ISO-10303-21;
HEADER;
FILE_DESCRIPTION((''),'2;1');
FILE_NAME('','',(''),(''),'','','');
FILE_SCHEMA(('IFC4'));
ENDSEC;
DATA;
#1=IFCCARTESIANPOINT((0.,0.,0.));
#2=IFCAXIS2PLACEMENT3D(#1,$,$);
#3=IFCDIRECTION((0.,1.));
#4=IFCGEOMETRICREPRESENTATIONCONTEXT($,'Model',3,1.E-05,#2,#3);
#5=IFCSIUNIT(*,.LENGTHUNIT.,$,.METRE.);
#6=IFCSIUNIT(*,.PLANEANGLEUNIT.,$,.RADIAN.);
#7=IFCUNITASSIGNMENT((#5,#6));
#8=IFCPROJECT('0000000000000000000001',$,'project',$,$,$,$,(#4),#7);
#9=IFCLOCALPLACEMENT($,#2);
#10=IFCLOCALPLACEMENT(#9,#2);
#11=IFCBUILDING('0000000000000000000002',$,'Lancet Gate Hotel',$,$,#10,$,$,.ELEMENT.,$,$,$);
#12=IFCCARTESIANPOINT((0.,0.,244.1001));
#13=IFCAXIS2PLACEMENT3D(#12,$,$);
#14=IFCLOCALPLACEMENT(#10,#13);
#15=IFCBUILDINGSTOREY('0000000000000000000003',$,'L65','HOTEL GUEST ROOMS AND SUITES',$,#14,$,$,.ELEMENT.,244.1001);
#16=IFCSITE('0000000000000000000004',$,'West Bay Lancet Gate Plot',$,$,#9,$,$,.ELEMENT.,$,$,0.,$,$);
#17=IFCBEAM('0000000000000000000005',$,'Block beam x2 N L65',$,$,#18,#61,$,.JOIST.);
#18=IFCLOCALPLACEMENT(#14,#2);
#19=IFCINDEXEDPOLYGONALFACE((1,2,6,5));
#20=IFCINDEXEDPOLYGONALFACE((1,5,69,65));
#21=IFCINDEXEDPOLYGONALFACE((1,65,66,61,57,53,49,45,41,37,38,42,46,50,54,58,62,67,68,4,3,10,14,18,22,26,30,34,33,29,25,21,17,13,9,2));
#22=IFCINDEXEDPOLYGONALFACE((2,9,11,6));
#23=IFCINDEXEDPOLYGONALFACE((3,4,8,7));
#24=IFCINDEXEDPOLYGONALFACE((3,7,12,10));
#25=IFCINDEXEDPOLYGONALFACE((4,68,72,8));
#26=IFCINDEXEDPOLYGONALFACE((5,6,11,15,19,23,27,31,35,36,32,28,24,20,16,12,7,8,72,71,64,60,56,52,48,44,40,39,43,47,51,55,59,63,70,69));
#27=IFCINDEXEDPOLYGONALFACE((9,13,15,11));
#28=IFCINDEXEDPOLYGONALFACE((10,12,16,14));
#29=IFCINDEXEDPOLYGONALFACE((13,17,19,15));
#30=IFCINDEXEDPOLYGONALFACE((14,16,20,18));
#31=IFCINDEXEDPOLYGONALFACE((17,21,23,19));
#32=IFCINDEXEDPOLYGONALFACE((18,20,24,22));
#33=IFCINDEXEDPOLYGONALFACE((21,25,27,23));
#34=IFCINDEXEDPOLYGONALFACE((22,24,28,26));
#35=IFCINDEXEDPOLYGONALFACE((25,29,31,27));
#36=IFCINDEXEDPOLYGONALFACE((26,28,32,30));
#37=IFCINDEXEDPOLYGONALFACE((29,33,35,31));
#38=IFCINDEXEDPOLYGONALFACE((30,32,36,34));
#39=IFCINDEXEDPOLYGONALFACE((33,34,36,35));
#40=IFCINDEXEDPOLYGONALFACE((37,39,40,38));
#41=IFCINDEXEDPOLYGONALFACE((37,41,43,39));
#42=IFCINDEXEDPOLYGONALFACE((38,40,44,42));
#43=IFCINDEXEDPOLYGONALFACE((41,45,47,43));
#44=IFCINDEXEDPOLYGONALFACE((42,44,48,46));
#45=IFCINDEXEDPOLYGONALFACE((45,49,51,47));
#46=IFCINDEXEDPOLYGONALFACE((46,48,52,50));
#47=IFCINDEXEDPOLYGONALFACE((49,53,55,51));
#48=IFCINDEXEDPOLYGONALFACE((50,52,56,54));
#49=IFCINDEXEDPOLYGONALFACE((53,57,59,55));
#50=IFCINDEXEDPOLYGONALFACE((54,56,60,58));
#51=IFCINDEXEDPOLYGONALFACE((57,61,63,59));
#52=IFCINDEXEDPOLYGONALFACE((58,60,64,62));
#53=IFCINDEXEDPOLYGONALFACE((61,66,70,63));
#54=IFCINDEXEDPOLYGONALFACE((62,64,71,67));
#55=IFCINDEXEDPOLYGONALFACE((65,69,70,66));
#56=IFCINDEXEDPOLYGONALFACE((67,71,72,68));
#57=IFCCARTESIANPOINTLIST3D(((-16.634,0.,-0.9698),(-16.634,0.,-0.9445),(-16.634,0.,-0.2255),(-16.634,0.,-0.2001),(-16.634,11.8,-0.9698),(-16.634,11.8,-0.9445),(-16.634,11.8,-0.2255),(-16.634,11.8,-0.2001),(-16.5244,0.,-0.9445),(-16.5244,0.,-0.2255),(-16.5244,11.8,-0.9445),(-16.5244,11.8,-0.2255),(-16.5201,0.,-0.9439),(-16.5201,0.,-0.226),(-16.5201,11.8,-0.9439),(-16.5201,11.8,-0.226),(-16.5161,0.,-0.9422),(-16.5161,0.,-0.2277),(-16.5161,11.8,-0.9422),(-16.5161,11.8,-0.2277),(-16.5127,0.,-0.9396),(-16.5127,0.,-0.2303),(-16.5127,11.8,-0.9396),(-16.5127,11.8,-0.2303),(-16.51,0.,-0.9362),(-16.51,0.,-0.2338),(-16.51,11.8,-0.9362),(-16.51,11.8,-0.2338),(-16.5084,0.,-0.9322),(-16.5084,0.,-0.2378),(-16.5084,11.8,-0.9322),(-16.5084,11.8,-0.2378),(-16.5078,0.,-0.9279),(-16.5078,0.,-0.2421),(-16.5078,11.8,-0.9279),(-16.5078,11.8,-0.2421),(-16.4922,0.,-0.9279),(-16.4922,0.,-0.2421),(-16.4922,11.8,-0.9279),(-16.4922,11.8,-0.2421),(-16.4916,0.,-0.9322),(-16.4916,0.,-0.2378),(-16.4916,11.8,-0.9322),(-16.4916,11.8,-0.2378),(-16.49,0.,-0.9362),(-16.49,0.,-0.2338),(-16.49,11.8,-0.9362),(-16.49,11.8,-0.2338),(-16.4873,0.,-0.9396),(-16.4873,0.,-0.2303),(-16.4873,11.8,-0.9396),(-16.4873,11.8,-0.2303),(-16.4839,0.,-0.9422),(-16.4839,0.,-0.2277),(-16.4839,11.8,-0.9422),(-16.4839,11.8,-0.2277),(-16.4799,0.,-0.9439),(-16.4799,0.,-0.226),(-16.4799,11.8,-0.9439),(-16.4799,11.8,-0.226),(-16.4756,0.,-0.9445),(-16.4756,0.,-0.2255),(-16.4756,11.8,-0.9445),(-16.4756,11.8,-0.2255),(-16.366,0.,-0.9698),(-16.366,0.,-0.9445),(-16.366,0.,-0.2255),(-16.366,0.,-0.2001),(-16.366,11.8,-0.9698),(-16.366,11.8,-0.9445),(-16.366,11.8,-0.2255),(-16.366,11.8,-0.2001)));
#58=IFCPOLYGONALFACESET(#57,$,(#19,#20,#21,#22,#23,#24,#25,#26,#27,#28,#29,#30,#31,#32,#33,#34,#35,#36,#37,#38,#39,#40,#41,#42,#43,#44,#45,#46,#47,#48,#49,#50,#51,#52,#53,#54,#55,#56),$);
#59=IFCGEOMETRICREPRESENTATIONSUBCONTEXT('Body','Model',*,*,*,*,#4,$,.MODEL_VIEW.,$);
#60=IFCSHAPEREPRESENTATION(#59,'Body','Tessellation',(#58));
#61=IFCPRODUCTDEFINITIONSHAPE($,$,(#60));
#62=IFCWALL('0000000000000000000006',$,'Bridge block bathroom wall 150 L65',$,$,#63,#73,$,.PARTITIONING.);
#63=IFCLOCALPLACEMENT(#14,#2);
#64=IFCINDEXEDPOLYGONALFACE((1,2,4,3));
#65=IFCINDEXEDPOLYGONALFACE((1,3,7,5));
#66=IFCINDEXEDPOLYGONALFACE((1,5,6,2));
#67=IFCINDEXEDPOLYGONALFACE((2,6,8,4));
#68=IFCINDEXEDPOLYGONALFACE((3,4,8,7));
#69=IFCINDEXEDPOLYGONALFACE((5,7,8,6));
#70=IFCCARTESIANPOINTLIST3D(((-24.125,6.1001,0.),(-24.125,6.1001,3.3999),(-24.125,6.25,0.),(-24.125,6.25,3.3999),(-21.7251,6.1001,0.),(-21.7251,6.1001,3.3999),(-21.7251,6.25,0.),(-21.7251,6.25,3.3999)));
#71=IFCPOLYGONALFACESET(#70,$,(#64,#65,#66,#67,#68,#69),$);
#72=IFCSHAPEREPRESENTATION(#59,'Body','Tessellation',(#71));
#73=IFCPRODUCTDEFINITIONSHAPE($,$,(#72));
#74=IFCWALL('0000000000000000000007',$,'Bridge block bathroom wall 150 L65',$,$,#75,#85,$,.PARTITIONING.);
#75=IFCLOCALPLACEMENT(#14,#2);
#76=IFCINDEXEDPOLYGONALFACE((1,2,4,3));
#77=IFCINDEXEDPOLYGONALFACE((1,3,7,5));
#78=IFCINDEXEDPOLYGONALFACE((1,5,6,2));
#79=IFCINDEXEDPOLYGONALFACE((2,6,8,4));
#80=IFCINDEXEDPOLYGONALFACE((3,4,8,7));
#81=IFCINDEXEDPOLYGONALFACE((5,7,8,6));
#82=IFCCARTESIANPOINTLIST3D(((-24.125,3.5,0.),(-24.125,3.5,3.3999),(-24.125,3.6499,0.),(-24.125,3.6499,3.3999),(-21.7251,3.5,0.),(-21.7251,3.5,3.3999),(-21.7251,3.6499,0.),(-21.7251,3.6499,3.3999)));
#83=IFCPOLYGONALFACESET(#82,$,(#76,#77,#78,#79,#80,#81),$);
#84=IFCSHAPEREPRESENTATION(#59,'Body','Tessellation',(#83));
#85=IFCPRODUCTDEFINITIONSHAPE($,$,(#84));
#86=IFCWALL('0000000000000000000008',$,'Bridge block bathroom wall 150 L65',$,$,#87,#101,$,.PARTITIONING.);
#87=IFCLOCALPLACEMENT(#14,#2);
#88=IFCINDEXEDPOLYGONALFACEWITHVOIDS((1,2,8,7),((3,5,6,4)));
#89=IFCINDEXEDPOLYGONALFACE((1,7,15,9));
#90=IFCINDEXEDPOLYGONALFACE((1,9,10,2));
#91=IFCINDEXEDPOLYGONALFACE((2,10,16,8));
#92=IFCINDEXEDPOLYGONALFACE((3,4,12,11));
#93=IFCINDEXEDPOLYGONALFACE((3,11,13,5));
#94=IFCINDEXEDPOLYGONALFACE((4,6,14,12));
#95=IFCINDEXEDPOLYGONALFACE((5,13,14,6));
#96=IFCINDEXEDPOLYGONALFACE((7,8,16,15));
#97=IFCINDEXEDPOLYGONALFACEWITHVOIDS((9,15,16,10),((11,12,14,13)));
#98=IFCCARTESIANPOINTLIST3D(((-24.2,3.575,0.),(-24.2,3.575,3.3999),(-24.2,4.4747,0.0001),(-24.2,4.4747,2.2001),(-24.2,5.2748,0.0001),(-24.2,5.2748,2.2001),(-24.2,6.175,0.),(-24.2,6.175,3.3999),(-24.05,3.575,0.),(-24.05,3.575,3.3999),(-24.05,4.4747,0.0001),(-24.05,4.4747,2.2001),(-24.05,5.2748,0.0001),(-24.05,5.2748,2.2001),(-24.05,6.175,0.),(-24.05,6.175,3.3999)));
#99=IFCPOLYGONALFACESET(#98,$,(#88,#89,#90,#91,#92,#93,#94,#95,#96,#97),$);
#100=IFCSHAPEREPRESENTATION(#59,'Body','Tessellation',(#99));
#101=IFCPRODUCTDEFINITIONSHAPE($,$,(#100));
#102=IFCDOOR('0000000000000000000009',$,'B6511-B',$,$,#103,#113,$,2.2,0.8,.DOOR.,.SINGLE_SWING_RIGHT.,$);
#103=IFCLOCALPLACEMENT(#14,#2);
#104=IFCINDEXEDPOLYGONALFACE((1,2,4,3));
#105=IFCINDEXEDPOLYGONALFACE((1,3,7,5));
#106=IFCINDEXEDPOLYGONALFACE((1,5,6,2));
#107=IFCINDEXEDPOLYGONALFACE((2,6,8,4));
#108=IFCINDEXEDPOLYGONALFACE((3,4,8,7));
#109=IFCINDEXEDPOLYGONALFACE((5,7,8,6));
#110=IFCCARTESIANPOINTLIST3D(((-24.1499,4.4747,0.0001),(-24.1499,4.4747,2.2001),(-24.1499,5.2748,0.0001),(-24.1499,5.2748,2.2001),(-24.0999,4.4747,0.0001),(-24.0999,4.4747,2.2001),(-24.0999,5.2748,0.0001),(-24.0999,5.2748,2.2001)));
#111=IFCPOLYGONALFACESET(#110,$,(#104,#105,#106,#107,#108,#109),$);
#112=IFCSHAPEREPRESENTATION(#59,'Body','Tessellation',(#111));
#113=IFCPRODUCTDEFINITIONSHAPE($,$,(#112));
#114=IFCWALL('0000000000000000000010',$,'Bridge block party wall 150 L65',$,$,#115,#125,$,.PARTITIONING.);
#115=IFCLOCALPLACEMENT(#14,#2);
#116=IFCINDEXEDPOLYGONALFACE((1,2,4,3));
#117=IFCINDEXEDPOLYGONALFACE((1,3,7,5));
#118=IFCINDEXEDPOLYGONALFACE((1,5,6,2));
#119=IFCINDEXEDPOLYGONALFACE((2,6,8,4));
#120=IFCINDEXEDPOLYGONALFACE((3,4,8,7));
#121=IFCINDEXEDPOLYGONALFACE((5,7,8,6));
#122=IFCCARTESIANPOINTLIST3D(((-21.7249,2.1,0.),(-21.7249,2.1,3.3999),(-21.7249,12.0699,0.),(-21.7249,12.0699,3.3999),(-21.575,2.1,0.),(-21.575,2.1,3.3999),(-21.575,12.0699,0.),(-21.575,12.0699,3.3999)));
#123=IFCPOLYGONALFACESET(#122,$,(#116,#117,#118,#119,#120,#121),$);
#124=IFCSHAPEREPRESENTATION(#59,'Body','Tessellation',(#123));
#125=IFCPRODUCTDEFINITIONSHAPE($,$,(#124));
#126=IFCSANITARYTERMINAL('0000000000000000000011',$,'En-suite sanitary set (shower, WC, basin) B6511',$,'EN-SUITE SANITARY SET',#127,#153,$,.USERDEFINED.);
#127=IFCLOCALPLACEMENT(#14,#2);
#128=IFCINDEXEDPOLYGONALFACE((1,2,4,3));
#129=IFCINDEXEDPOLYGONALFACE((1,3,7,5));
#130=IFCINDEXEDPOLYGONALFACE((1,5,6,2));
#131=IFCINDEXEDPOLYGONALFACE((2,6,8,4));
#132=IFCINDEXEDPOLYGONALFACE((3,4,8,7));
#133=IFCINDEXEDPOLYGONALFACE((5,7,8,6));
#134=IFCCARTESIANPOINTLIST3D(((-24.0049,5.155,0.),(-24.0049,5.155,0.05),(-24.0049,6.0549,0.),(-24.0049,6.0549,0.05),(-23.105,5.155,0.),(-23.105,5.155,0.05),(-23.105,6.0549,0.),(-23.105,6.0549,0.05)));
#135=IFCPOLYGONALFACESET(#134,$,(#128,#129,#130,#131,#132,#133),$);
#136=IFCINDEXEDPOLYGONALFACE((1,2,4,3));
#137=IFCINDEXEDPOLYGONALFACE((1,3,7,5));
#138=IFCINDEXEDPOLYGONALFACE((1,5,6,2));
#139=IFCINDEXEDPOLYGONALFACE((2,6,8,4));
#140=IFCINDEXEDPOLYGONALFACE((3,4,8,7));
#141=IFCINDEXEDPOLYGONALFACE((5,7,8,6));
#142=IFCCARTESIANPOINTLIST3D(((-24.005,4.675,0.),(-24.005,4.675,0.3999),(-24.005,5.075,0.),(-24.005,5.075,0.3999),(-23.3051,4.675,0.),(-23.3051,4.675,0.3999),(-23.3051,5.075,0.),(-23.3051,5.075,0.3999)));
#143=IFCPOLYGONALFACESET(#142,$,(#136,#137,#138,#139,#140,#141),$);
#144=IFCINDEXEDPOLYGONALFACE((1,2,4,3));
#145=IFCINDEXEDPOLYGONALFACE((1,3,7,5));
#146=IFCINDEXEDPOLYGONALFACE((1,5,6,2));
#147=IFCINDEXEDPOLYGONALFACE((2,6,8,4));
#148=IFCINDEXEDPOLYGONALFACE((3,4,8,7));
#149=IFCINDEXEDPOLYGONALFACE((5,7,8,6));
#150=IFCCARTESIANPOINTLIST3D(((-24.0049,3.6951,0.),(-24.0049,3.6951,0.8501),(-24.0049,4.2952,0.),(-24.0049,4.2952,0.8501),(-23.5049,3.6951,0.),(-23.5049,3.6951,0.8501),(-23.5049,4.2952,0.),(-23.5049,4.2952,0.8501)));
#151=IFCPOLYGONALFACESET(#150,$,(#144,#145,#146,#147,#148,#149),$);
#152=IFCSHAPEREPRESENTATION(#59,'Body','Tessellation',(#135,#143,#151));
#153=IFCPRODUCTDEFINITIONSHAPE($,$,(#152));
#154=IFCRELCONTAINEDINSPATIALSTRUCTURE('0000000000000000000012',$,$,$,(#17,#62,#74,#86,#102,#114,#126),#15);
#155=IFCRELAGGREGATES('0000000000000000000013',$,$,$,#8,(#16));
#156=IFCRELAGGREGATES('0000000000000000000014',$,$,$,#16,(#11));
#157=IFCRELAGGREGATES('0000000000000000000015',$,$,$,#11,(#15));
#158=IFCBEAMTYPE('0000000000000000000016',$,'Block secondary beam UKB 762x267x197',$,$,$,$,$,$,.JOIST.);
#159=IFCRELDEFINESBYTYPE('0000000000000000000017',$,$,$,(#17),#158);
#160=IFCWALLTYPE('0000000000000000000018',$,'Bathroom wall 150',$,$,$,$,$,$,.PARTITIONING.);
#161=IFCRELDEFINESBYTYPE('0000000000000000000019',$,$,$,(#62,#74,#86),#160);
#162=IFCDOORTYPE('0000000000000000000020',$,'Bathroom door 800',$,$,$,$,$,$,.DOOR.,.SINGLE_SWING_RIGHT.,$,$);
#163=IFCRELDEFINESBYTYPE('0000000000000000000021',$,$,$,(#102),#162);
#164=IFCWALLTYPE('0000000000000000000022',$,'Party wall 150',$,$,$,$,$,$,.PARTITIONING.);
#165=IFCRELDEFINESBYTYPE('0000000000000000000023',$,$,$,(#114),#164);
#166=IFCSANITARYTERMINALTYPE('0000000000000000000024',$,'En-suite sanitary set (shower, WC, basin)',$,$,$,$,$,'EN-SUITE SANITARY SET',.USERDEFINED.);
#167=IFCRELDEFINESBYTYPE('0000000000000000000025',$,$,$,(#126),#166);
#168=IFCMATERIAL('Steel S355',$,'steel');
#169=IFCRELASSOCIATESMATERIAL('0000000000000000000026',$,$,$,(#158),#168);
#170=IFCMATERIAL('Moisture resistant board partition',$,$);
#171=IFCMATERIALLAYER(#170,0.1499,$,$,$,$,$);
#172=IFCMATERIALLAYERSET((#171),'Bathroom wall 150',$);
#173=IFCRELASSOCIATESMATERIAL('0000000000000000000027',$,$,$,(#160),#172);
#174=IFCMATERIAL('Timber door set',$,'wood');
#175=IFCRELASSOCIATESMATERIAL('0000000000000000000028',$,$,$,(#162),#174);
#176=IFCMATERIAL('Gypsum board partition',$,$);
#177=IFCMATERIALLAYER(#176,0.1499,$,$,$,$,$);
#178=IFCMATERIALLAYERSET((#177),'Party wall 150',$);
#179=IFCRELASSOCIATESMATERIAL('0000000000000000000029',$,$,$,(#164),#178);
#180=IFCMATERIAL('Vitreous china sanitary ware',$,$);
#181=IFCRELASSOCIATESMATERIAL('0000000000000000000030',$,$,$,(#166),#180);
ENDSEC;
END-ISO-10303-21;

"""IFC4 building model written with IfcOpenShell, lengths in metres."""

from ifc_helpers import new_model, si_unit, direction, frame, frame_2d, origin, origin_2d, place, context, subcontext, project, spatial, rectangle, i_section, extrude, material, layer, layer_set, material_profile, profile_set, type_object, element, fill, save


model = new_model("IFC4")

# Units and contexts
model_context = context("Model", 3, precision=1e-05, world=origin(), true_north=direction((0.0, 1.0)))
body_context = subcontext(model_context, "Body", "Model", "MODEL_VIEW")
ifc_project = project(units=[si_unit("LENGTHUNIT", "METRE"), si_unit("PLANEANGLEUNIT", "RADIAN")], contexts=[model_context])

# Site, building, storey
site_placement = place(None, origin())
site = spatial("IfcSite", under=ifc_project, at=site_placement, Name="West Bay Lancet Gate Plot", CompositionType="ELEMENT", RefElevation=0.0)
building_placement = place(site_placement, origin())
building = spatial("IfcBuilding", under=site, at=building_placement, Name="Lancet Gate Hotel", CompositionType="ELEMENT")
storey_placement = place(building_placement, frame((0.0, 0.0, 244.1001)))
storey = spatial("IfcBuildingStorey", under=building, at=storey_placement, Name="L65", Description="HOTEL GUEST ROOMS AND SUITES", CompositionType="ELEMENT", Elevation=244.1001)

# Beam
ifc_material_1 = material(Name="Steel S355", Category="steel")
ifc_material_profile_1 = material_profile(ifc_material_1, i_section(OverallWidth=0.2681, OverallDepth=0.7698, WebThickness=0.0156, FlangeThickness=0.0254, FilletRadius=0.0166, at=origin_2d()), Name="UKB 762x267x197")
ifc_profile_set_1 = profile_set([ifc_material_profile_1], Name="Steel S355")
beam_type_1 = type_object("IfcBeamType", Name="Block secondary beam UKB 762x267x197", PredefinedType="JOIST", material=ifc_profile_set_1)
beam_1_placement = place(storey_placement, frame((-16.5, 0.0, -0.585), z_axis=(0.0, 1.0, 0.0), x_axis=(-1.0, 0.0, 0.0)))
element("IfcBeam", 1, at=beam_1_placement, inside=storey, type_object=beam_type_1, Name="Block beam x2 N L65", PredefinedType="JOIST", context=body_context, shape_type="SweptSolid", body=[
    extrude(i_section(OverallWidth=0.2681, OverallDepth=0.7698, WebThickness=0.0156, FlangeThickness=0.0254, FilletRadius=0.0166, at=origin_2d()), origin(), (0.0, 0.0, 1.0), 11.8),
])

# Walls
ifc_material_2 = material(Name="Moisture resistant board partition")
ifc_layer_1 = layer(ifc_material_2, 0.1499)
ifc_layer_set_1 = layer_set([ifc_layer_1], Name="Bathroom wall 150")
wall_type_1 = type_object("IfcWallType", Name="Bathroom wall 150", PredefinedType="PARTITIONING", material=ifc_layer_set_1)
for number, where, z_axis, x_axis, name in (
    (2, (-24.125, 6.175, 0.0), (0.0, 0.0, 1.0), (1.0, 0.0, 0.0), "Bridge block bathroom wall 150 L65"),
    (3, (-24.125, 3.575, 0.0), (0.0, 0.0, 1.0), (1.0, 0.0, 0.0), "Bridge block bathroom wall 150 L65"),
):
    element("IfcWall", number, at=place(storey_placement, frame(where, z_axis=z_axis, x_axis=x_axis)), inside=storey, type_object=wall_type_1, Name=name, PredefinedType="PARTITIONING", context=body_context, shape_type="SweptSolid", body=[
        extrude(rectangle(XDim=2.3999, YDim=0.1499, at=frame_2d((1.2, 0.0))), origin(), (0.0, 0.0, 1.0), 3.3999),
    ])

# Wall, opening, door
wall_1_placement = place(storey_placement, frame((-24.125, 3.575, 0.0), z_axis=(0.0, 0.0, 1.0), x_axis=(0.0, 1.0, 0.0)))
wall_1 = element("IfcWall", 4, at=wall_1_placement, inside=storey, type_object=wall_type_1, Name="Bridge block bathroom wall 150 L65", PredefinedType="PARTITIONING", context=body_context, shape_type="SweptSolid", body=[
    extrude(rectangle(XDim=2.6001, YDim=0.1499, at=frame_2d((1.3, 0.0))), origin(), (0.0, 0.0, 1.0), 3.3999),
])
opening_placement = place(wall_1_placement, frame((0.8999, 0.0, 0.0)))
opening = element("IfcOpeningElement", 5, at=opening_placement, cuts=wall_1, PredefinedType="OPENING", context=body_context, shape_type="SweptSolid", body=[
    extrude(rectangle(XDim=0.8, YDim=2.2, at=frame_2d((0.3999, 1.1001))), frame((0.0, 0.085, 0.0), z_axis=(0.0, -1.0, 0.0), x_axis=(1.0, 0.0, 0.0)), (0.0, 0.0, 1.0), 0.1699),
])
ifc_material_3 = material(Name="Timber door set", Category="wood")
door_type = type_object("IfcDoorType", Name="Bathroom door 800", OperationType="SINGLE_SWING_RIGHT", PredefinedType="DOOR", material=ifc_material_3)
door_placement = place(opening_placement, origin())
door = element("IfcDoor", 6, at=door_placement, inside=storey, type_object=door_type, Name="B6511-B", OperationType="SINGLE_SWING_RIGHT", OverallHeight=2.2, OverallWidth=0.8, PredefinedType="DOOR", context=body_context, shape_type="SweptSolid", body=[
    extrude(rectangle(XDim=0.8, YDim=2.2, at=frame_2d((0.3999, 1.1001))), frame((0.0, 0.0249, 0.0), z_axis=(0.0, -1.0, 0.0), x_axis=(1.0, 0.0, 0.0)), (0.0, 0.0, 1.0), 0.05),
])
fill(opening, door)

# Wall
ifc_material_4 = material(Name="Gypsum board partition")
ifc_layer_2 = layer(ifc_material_4, 0.1499)
ifc_layer_set_2 = layer_set([ifc_layer_2], Name="Party wall 150")
wall_type_2 = type_object("IfcWallType", Name="Party wall 150", PredefinedType="PARTITIONING", material=ifc_layer_set_2)
wall_2_placement = place(storey_placement, frame((-21.6499, 2.1001, 0.0), z_axis=(0.0, 0.0, 1.0), x_axis=(0.0, 1.0, 0.0)))
element("IfcWall", 7, at=wall_2_placement, inside=storey, type_object=wall_type_2, Name="Bridge block party wall 150 L65", PredefinedType="PARTITIONING", context=body_context, shape_type="SweptSolid", body=[
    extrude(rectangle(XDim=9.97, YDim=0.1499, at=frame_2d((4.9849, 0.0))), origin(), (0.0, 0.0, 1.0), 3.3999),
])

# Sanitary terminal
ifc_material_5 = material(Name="Vitreous china sanitary ware")
sanitary_terminal_type = type_object("IfcSanitaryTerminalType", Name="En-suite sanitary set (shower, WC, basin)", ElementType="EN-SUITE SANITARY SET", PredefinedType="USERDEFINED", material=ifc_material_5)
sanitary_terminal_placement = place(storey_placement, frame((-23.5549, 5.605, 0.0), z_axis=(0.0, 0.0, 1.0), x_axis=(1.0, 0.0, 0.0)))
element("IfcSanitaryTerminal", 8, at=sanitary_terminal_placement, inside=storey, type_object=sanitary_terminal_type, Name="En-suite sanitary set (shower, WC, basin) B6511", ObjectType="EN-SUITE SANITARY SET", PredefinedType="USERDEFINED", context=body_context, shape_type="SweptSolid", body=[
    extrude(rectangle(XDim=0.8999, YDim=0.8999, at=origin_2d()), frame((0.0, 0.0, 0.0), z_axis=(0.0, 0.0, 1.0), x_axis=(0.0, 1.0, 0.0)), (0.0, 0.0, 1.0), 0.05),
    extrude(rectangle(XDim=0.3999, YDim=0.7, at=origin_2d()), frame((-0.1001, -0.73, 0.0), z_axis=(0.0, 0.0, 1.0), x_axis=(0.0, 1.0, 0.0)), (0.0, 0.0, 1.0), 0.3999),
    extrude(rectangle(XDim=0.6001, YDim=0.5, at=origin_2d()), frame((-0.2, -1.6099, 0.0), z_axis=(0.0, 0.0, 1.0), x_axis=(0.0, 1.0, 0.0)), (0.0, 0.0, 1.0), 0.8501),
])

save(model, "model.ifc")
